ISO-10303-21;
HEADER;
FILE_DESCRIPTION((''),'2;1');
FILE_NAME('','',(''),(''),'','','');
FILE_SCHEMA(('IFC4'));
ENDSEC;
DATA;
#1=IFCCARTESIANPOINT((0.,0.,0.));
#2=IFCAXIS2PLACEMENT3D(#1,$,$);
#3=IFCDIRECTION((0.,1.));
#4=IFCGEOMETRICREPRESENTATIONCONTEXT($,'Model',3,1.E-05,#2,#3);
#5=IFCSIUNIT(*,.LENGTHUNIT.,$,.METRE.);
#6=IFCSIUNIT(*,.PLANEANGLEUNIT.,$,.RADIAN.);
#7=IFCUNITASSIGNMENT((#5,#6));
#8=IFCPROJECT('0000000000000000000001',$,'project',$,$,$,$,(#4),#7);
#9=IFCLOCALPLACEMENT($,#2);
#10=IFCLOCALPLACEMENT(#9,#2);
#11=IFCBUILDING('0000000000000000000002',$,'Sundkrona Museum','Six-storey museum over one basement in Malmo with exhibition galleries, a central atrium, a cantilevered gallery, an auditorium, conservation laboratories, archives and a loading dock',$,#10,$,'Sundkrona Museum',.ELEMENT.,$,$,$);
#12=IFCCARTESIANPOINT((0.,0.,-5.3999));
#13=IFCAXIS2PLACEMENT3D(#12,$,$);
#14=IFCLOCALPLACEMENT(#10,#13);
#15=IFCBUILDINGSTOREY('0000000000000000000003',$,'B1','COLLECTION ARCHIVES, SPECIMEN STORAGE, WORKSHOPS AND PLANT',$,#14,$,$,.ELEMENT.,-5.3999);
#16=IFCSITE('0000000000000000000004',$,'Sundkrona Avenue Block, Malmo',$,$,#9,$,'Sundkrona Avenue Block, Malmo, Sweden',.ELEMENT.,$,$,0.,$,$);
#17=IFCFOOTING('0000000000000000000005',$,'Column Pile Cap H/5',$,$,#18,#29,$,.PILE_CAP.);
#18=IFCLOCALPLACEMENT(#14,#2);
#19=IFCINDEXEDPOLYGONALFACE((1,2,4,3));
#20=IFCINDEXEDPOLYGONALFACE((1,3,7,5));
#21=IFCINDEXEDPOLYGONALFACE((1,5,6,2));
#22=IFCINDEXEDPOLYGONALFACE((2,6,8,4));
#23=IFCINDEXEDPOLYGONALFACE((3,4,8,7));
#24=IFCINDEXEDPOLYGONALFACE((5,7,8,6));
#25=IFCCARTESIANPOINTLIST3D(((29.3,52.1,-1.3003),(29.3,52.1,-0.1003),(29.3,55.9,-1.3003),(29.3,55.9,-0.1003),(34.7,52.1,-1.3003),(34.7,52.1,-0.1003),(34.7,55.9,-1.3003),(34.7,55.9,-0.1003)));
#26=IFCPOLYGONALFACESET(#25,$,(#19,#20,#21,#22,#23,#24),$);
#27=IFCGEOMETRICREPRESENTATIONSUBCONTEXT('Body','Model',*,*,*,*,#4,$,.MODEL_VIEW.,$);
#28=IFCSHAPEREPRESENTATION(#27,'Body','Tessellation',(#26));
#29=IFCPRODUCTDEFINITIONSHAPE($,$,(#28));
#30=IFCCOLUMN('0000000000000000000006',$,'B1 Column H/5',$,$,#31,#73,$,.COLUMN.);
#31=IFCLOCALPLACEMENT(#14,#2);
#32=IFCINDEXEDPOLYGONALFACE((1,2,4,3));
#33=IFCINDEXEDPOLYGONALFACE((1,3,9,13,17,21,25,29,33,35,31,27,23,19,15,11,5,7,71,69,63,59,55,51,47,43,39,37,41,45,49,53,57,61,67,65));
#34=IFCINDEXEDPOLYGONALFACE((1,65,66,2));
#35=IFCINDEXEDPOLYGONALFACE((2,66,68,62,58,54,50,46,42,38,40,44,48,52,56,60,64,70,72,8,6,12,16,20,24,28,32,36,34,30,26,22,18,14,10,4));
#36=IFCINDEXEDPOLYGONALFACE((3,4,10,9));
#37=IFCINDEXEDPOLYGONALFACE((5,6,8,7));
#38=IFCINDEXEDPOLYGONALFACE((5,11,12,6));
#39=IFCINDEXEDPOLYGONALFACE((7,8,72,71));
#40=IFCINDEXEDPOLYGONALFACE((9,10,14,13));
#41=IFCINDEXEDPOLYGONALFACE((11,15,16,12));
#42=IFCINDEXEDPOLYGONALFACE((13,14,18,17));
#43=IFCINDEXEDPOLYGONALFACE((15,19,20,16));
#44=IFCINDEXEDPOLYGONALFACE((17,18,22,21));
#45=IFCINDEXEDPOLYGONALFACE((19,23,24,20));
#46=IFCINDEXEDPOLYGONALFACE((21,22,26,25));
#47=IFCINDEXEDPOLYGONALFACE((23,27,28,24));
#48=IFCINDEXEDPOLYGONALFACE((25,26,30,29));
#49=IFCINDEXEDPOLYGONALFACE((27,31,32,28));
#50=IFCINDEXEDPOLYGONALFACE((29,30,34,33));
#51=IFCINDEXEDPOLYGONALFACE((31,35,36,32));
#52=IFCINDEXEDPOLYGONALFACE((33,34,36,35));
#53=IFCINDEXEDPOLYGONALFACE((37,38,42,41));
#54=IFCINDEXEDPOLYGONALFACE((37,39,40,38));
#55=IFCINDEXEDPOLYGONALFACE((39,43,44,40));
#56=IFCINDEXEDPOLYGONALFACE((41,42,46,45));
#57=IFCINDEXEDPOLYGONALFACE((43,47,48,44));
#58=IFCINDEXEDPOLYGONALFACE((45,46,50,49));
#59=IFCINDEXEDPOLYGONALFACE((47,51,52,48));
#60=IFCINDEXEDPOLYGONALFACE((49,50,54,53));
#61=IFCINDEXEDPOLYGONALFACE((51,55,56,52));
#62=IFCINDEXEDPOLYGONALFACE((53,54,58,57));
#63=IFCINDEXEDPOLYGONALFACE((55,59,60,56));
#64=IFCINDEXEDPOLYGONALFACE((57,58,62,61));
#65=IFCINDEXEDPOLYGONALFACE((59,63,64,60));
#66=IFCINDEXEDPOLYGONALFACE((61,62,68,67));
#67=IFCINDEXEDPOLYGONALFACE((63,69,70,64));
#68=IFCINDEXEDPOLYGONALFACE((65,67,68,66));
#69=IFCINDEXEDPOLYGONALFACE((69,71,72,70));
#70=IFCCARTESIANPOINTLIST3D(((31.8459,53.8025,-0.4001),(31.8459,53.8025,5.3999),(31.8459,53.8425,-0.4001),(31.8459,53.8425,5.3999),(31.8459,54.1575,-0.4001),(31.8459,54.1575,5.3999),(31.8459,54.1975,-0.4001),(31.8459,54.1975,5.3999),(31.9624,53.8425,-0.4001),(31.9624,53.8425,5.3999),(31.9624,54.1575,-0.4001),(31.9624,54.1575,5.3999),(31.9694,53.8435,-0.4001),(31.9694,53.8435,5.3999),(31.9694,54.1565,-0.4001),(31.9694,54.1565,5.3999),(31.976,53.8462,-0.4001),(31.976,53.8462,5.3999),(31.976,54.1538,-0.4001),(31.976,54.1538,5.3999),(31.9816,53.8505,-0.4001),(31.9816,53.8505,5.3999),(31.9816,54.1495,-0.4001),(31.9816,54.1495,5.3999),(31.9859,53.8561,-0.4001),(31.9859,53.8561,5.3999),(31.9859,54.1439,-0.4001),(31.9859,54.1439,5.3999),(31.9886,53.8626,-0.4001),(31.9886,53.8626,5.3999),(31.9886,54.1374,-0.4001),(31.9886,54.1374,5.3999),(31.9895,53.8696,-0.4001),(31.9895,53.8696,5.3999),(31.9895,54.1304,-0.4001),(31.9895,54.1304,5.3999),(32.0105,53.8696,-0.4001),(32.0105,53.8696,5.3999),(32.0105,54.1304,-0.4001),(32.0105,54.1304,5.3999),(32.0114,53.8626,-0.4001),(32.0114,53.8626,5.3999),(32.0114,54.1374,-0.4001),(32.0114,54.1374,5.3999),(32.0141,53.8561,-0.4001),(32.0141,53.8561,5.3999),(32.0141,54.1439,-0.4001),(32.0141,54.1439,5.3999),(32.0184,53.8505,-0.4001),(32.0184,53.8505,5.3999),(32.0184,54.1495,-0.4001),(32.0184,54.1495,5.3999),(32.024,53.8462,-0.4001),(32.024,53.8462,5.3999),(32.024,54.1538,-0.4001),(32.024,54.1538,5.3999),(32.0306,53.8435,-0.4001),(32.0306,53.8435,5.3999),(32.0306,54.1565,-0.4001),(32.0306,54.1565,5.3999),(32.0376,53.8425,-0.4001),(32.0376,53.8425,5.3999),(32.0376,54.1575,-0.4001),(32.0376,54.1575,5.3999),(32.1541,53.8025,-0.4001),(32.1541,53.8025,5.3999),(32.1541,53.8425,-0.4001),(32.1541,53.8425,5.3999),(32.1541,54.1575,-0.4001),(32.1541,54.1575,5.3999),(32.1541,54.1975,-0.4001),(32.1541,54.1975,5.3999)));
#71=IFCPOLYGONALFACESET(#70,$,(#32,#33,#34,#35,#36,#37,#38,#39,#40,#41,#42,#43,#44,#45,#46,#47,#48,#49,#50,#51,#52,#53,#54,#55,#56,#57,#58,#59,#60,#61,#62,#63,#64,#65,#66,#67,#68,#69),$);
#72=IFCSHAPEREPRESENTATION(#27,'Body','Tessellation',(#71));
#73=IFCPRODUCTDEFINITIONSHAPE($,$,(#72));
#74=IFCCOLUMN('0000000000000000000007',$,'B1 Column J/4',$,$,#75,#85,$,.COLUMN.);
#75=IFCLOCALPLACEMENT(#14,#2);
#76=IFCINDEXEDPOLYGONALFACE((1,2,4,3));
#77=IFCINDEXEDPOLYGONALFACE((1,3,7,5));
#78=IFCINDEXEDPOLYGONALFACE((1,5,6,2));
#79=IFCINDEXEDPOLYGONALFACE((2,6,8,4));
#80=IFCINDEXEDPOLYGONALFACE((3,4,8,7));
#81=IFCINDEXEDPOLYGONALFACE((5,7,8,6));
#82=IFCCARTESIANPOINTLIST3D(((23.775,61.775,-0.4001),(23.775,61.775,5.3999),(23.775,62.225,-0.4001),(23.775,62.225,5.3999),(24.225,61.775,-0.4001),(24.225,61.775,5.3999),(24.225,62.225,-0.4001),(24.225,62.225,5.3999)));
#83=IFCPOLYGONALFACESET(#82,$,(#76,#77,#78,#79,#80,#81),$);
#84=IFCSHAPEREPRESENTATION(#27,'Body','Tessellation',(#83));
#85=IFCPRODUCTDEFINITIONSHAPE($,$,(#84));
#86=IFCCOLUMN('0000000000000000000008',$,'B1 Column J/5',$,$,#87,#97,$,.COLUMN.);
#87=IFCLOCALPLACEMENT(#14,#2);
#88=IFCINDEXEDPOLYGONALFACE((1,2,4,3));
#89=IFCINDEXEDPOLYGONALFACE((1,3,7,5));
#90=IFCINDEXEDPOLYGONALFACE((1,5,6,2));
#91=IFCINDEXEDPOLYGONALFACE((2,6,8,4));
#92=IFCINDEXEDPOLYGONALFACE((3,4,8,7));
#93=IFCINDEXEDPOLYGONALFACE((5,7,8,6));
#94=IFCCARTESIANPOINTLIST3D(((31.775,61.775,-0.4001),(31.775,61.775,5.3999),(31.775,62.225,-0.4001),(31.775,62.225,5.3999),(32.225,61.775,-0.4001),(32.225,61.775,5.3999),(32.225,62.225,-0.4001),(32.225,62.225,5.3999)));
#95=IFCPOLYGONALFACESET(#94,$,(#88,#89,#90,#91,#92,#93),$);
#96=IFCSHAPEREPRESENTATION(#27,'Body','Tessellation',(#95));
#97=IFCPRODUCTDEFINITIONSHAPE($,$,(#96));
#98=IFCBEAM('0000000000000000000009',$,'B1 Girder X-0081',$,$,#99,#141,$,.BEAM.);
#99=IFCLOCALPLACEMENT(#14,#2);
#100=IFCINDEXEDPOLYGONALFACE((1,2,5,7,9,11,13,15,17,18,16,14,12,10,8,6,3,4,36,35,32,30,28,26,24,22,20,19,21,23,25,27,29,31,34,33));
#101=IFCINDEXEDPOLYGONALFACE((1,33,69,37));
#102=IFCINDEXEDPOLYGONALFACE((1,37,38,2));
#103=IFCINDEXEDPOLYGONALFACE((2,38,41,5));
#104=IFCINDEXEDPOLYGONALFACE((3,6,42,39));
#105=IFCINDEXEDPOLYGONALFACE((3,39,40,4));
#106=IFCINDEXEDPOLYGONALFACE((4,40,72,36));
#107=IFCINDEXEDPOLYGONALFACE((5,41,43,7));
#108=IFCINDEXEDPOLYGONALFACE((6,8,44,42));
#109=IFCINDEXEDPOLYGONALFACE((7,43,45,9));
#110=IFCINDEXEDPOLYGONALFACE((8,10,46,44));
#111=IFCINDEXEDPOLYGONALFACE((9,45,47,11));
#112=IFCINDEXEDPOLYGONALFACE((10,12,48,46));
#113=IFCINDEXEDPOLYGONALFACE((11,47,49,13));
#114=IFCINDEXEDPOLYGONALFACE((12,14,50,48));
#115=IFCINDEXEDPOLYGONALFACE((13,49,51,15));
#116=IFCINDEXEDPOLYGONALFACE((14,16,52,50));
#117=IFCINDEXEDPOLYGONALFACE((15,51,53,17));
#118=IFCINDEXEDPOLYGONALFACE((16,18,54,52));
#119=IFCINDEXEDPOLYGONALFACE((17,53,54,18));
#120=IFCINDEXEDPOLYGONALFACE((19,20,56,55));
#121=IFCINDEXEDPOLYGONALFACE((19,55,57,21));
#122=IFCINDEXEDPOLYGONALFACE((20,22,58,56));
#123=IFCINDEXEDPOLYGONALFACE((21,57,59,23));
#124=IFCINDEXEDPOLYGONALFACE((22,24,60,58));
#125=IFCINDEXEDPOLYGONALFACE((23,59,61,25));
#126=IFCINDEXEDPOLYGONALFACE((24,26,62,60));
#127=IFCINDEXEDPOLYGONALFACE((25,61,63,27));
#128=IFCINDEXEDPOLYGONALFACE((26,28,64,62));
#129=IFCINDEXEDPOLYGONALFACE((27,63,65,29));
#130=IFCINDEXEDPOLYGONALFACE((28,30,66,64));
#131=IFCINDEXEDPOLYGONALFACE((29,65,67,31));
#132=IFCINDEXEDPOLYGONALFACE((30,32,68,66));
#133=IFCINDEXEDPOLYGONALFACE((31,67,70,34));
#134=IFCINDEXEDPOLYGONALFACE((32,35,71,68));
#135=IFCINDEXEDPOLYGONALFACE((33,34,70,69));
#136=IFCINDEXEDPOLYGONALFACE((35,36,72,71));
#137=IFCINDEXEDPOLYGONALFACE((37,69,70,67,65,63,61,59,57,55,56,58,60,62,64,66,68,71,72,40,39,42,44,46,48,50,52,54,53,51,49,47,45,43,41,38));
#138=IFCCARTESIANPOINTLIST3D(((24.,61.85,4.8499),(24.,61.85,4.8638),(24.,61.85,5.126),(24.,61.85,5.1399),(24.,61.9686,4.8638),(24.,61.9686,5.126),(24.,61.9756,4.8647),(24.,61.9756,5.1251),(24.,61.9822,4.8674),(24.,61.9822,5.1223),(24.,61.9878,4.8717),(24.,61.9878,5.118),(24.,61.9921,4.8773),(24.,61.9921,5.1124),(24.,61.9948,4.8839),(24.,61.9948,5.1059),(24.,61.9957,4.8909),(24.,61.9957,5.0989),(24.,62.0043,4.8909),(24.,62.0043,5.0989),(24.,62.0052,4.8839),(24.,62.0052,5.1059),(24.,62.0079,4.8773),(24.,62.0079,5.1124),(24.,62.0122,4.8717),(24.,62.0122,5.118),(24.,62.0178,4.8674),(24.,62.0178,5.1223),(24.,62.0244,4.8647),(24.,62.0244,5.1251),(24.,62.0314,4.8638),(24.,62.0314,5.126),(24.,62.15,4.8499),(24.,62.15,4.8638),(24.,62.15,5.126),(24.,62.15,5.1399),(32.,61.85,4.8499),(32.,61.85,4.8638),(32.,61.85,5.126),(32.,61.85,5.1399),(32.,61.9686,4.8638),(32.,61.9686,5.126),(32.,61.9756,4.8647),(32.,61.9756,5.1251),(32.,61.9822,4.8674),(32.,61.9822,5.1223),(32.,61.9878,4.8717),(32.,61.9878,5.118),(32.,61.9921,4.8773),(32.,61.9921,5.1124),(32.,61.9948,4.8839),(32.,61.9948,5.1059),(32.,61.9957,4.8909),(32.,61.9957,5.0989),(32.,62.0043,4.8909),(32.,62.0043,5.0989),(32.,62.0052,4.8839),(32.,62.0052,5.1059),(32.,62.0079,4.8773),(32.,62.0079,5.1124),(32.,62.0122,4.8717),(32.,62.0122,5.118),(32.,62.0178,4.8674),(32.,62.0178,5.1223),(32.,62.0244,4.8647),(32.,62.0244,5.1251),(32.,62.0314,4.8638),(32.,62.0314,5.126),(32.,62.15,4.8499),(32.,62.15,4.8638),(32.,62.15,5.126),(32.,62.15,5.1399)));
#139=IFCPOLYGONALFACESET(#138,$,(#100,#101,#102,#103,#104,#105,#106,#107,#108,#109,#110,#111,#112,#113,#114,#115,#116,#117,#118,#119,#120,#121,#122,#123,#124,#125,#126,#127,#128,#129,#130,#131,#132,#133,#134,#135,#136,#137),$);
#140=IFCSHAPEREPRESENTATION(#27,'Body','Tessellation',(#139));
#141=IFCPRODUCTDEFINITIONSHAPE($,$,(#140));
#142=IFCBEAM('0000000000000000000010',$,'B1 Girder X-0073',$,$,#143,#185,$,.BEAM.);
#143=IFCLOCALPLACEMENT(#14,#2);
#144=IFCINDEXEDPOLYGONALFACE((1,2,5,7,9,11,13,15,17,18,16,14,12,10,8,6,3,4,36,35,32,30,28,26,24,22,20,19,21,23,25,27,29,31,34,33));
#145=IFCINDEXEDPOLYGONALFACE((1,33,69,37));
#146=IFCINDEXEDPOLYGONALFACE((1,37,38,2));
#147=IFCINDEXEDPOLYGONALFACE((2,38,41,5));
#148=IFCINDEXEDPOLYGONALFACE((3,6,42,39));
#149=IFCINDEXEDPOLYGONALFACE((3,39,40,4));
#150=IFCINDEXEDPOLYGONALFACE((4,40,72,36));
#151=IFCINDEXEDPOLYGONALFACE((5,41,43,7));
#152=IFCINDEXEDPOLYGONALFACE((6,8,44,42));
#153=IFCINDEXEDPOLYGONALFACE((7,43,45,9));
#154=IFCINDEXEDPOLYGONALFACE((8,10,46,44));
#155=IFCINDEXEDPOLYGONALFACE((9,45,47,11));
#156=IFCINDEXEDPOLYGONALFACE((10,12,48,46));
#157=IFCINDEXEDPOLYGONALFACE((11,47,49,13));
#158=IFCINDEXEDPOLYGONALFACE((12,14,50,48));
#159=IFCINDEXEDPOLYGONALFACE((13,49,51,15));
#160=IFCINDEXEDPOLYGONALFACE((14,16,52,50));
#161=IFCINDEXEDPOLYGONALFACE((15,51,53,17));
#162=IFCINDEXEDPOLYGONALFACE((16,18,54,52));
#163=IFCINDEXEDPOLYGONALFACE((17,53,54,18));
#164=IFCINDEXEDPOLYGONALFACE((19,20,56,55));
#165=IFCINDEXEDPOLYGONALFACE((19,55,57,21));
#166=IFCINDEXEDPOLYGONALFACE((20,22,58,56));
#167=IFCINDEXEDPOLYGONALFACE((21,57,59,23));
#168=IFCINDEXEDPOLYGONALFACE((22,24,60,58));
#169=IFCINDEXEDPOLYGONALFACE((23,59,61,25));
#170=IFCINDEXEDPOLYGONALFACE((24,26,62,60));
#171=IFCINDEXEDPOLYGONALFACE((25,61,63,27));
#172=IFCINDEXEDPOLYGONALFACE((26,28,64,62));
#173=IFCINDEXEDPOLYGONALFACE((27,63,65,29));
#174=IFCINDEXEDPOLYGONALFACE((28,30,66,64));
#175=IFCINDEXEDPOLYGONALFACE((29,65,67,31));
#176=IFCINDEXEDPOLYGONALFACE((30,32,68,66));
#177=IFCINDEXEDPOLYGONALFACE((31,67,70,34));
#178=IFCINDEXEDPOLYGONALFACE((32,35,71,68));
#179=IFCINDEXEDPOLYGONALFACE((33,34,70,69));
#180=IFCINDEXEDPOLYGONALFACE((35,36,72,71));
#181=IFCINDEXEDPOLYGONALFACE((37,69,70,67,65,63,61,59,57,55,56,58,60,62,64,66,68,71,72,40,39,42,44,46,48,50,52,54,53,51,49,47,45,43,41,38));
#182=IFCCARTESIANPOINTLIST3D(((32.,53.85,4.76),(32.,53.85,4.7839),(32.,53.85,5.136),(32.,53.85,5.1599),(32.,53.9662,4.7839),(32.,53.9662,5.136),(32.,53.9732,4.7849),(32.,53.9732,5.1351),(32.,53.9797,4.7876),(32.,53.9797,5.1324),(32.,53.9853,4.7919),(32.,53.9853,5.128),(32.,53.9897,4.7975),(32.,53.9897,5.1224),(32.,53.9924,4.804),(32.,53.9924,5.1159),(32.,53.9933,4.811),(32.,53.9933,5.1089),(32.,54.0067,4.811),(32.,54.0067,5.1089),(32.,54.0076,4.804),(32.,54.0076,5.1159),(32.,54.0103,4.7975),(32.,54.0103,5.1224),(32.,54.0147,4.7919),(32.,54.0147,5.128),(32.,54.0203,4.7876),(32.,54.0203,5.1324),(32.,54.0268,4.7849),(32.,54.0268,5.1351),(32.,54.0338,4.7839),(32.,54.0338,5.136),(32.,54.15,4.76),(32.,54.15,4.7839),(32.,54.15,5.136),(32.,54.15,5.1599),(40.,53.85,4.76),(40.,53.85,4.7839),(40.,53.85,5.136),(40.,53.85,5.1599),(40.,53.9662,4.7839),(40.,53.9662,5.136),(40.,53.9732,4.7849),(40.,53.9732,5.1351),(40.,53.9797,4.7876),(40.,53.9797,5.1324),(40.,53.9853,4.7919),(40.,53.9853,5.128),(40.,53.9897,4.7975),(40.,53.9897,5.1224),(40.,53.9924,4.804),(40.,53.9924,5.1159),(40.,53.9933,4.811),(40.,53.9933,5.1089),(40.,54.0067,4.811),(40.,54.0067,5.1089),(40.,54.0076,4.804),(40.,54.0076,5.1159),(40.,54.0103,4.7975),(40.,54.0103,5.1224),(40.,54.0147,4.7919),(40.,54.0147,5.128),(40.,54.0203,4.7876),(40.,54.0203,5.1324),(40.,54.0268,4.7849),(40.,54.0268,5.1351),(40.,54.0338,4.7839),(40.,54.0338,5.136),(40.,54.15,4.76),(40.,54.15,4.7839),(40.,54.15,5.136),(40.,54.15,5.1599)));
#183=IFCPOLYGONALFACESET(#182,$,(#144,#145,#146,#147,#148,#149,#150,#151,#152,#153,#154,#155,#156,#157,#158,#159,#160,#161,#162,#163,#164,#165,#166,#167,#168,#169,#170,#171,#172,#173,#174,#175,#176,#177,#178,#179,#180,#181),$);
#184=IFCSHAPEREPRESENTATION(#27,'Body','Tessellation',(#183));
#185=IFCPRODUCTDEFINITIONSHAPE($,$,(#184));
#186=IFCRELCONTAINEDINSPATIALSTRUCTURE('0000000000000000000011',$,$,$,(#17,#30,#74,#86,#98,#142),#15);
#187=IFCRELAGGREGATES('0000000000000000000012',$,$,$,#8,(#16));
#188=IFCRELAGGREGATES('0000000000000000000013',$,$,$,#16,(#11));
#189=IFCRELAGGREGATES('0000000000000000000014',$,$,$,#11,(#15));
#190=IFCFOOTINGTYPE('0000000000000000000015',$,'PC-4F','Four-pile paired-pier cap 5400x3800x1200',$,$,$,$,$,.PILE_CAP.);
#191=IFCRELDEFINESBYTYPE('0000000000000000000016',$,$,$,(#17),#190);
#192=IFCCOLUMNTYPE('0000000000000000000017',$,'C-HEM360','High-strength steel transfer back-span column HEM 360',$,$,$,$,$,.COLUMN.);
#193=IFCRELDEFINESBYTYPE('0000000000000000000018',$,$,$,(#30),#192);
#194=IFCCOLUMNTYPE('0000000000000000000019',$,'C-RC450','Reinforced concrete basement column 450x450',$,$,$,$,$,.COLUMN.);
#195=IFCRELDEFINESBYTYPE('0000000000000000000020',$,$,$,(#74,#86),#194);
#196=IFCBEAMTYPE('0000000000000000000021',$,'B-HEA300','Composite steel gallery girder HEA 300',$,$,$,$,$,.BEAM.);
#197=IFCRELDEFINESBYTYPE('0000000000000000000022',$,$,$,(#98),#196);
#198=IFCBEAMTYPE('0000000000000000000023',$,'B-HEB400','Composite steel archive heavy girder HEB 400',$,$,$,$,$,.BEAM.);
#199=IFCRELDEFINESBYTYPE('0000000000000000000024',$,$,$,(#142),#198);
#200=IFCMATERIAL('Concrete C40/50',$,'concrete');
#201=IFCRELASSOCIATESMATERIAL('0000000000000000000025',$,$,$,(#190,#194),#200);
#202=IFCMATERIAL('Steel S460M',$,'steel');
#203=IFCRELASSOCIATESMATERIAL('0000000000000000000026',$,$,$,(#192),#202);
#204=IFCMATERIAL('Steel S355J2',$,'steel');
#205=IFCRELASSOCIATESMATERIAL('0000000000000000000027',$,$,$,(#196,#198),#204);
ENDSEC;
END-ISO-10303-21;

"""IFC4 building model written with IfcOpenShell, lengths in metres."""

from ifc_helpers import new_model, si_unit, direction, frame, origin, origin_2d, place, context, subcontext, project, spatial, rectangle, i_section, extrude, material, material_profile, profile_set, type_object, element, save


model = new_model("IFC4")

# Units and contexts
model_context = context("Model", 3, precision=1e-05, world=origin(), true_north=direction((0.0, 1.0)))
body_context = subcontext(model_context, "Body", "Model", "MODEL_VIEW")
ifc_project = project(units=[si_unit("LENGTHUNIT", "METRE"), si_unit("PLANEANGLEUNIT", "RADIAN")], contexts=[model_context])

# Site, building, storey
site_placement = place(None, origin())
site = spatial("IfcSite", under=ifc_project, at=site_placement, Name="Sundkrona Avenue Block, Malmo", LongName="Sundkrona Avenue Block, Malmo, Sweden", CompositionType="ELEMENT", RefElevation=0.0)
building_placement = place(site_placement, origin())
building = spatial("IfcBuilding", under=site, at=building_placement, Name="Sundkrona Museum", Description="Six-storey museum over one basement in Malmo with exhibition galleries, a central atrium, a cantilevered gallery, an auditorium, conservation laboratories, archives and a loading dock", LongName="Sundkrona Museum", CompositionType="ELEMENT")
storey_placement = place(building_placement, frame((0.0, 0.0, -5.3999)))
storey = spatial("IfcBuildingStorey", under=building, at=storey_placement, Name="B1", Description="COLLECTION ARCHIVES, SPECIMEN STORAGE, WORKSHOPS AND PLANT", CompositionType="ELEMENT", Elevation=-5.3999)

# Shared definitions
ifc_material_1 = material(Name="Concrete C40/50", Category="concrete")

# Footing
footing_type_1 = type_object("IfcFootingType", Name="PC-4F", Description="Four-pile paired-pier cap 5400x3800x1200", PredefinedType="PILE_CAP", material=ifc_material_1)
footing_1_placement = place(storey_placement, frame((32.0, 54.0, -1.3003), z_axis=(0.0, 0.0, 1.0), x_axis=(1.0, 0.0, 0.0)))
element("IfcFooting", 1, at=footing_1_placement, inside=storey, type_object=footing_type_1, Name="Column Pile Cap H/5", PredefinedType="PILE_CAP", context=body_context, shape_type="SweptSolid", body=[
    extrude(rectangle(XDim=5.3999, YDim=3.8, at=origin_2d()), origin(), (0.0, 0.0, 1.0), 1.2),
])

# Columns
ifc_material_2 = material(Name="Steel S460M", Category="steel")
ifc_material_profile_1 = material_profile(ifc_material_2, i_section(OverallWidth=0.3081, OverallDepth=0.395, WebThickness=0.021, FlangeThickness=0.04, FilletRadius=0.0271, at=origin_2d()), Name="HEM 360")
ifc_profile_set_1 = profile_set([ifc_material_profile_1], Name="Steel S460M")
column_type_1 = type_object("IfcColumnType", Name="C-HEM360", Description="High-strength steel transfer back-span column HEM 360", PredefinedType="COLUMN", material=ifc_profile_set_1)
column_placement = place(storey_placement, frame((32.0, 54.0, -0.4001), z_axis=(0.0, 0.0, 1.0), x_axis=(1.0, 0.0, 0.0)))
element("IfcColumn", 2, at=column_placement, inside=storey, type_object=column_type_1, Name="B1 Column H/5", PredefinedType="COLUMN", context=body_context, shape_type="SweptSolid", body=[
    extrude(i_section(OverallWidth=0.3081, OverallDepth=0.395, WebThickness=0.021, FlangeThickness=0.04, FilletRadius=0.0271, at=origin_2d()), origin(), (0.0, 0.0, 1.0), 5.8),
])
ifc_material_profile_2 = material_profile(ifc_material_1, rectangle(XDim=0.45, YDim=0.45, at=origin_2d()), Name="RC 450x450")
ifc_profile_set_2 = profile_set([ifc_material_profile_2], Name="Concrete C40/50")
column_type_2 = type_object("IfcColumnType", Name="C-RC450", Description="Reinforced concrete basement column 450x450", PredefinedType="COLUMN", material=ifc_profile_set_2)
for number, where, z_axis, x_axis, name in (
    (3, (24.0, 62.0, -0.4001), (0.0, 0.0, 1.0), (1.0, 0.0, 0.0), "B1 Column J/4"),
    (4, (32.0, 62.0, -0.4001), (0.0, 0.0, 1.0), (1.0, 0.0, 0.0), "B1 Column J/5"),
):
    element("IfcColumn", number, at=place(storey_placement, frame(where, z_axis=z_axis, x_axis=x_axis)), inside=storey, type_object=column_type_2, Name=name, PredefinedType="COLUMN", context=body_context, shape_type="SweptSolid", body=[
        extrude(rectangle(XDim=0.45, YDim=0.45, at=origin_2d()), origin(), (0.0, 0.0, 1.0), 5.8),
    ])

# Beams
ifc_material_3 = material(Name="Steel S355J2", Category="steel")
ifc_material_profile_3 = material_profile(ifc_material_3, i_section(OverallWidth=0.3, OverallDepth=0.29, WebThickness=0.0085, FlangeThickness=0.0139, FilletRadius=0.0271, at=origin_2d()), Name="HEA 300")
ifc_profile_set_3 = profile_set([ifc_material_profile_3], Name="Steel S355J2")
beam_type_1 = type_object("IfcBeamType", Name="B-HEA300", Description="Composite steel gallery girder HEA 300", PredefinedType="BEAM", material=ifc_profile_set_3)
beam_1_placement = place(storey_placement, frame((24.0, 62.0, 4.9949), z_axis=(1.0, 0.0, 0.0), x_axis=(0.0, 1.0, 0.0)))
element("IfcBeam", 5, at=beam_1_placement, inside=storey, type_object=beam_type_1, Name="B1 Girder X-0081", PredefinedType="BEAM", context=body_context, shape_type="SweptSolid", body=[
    extrude(i_section(OverallWidth=0.3, OverallDepth=0.29, WebThickness=0.0085, FlangeThickness=0.0139, FilletRadius=0.0271, at=origin_2d()), origin(), (0.0, 0.0, 1.0), 8.0),
])
ifc_material_profile_4 = material_profile(ifc_material_3, i_section(OverallWidth=0.3, OverallDepth=0.3999, WebThickness=0.0134, FlangeThickness=0.0239, FilletRadius=0.0271, at=origin_2d()), Name="HEB 400")
ifc_profile_set_4 = profile_set([ifc_material_profile_4], Name="Steel S355J2")
beam_type_2 = type_object("IfcBeamType", Name="B-HEB400", Description="Composite steel archive heavy girder HEB 400", PredefinedType="BEAM", material=ifc_profile_set_4)
for number, where, z_axis, x_axis, name in (
    (6, (32.0, 54.0, 4.96), (1.0, 0.0, 0.0), (0.0, 1.0, 0.0), "B1 Girder X-0073"),
):
    element("IfcBeam", number, at=place(storey_placement, frame(where, z_axis=z_axis, x_axis=x_axis)), inside=storey, type_object=beam_type_2, Name=name, PredefinedType="BEAM", context=body_context, shape_type="SweptSolid", body=[
        extrude(i_section(OverallWidth=0.3, OverallDepth=0.3999, WebThickness=0.0134, FlangeThickness=0.0239, FilletRadius=0.0271, at=origin_2d()), origin(), (0.0, 0.0, 1.0), 8.0),
    ])

save(model, "model.ifc")
